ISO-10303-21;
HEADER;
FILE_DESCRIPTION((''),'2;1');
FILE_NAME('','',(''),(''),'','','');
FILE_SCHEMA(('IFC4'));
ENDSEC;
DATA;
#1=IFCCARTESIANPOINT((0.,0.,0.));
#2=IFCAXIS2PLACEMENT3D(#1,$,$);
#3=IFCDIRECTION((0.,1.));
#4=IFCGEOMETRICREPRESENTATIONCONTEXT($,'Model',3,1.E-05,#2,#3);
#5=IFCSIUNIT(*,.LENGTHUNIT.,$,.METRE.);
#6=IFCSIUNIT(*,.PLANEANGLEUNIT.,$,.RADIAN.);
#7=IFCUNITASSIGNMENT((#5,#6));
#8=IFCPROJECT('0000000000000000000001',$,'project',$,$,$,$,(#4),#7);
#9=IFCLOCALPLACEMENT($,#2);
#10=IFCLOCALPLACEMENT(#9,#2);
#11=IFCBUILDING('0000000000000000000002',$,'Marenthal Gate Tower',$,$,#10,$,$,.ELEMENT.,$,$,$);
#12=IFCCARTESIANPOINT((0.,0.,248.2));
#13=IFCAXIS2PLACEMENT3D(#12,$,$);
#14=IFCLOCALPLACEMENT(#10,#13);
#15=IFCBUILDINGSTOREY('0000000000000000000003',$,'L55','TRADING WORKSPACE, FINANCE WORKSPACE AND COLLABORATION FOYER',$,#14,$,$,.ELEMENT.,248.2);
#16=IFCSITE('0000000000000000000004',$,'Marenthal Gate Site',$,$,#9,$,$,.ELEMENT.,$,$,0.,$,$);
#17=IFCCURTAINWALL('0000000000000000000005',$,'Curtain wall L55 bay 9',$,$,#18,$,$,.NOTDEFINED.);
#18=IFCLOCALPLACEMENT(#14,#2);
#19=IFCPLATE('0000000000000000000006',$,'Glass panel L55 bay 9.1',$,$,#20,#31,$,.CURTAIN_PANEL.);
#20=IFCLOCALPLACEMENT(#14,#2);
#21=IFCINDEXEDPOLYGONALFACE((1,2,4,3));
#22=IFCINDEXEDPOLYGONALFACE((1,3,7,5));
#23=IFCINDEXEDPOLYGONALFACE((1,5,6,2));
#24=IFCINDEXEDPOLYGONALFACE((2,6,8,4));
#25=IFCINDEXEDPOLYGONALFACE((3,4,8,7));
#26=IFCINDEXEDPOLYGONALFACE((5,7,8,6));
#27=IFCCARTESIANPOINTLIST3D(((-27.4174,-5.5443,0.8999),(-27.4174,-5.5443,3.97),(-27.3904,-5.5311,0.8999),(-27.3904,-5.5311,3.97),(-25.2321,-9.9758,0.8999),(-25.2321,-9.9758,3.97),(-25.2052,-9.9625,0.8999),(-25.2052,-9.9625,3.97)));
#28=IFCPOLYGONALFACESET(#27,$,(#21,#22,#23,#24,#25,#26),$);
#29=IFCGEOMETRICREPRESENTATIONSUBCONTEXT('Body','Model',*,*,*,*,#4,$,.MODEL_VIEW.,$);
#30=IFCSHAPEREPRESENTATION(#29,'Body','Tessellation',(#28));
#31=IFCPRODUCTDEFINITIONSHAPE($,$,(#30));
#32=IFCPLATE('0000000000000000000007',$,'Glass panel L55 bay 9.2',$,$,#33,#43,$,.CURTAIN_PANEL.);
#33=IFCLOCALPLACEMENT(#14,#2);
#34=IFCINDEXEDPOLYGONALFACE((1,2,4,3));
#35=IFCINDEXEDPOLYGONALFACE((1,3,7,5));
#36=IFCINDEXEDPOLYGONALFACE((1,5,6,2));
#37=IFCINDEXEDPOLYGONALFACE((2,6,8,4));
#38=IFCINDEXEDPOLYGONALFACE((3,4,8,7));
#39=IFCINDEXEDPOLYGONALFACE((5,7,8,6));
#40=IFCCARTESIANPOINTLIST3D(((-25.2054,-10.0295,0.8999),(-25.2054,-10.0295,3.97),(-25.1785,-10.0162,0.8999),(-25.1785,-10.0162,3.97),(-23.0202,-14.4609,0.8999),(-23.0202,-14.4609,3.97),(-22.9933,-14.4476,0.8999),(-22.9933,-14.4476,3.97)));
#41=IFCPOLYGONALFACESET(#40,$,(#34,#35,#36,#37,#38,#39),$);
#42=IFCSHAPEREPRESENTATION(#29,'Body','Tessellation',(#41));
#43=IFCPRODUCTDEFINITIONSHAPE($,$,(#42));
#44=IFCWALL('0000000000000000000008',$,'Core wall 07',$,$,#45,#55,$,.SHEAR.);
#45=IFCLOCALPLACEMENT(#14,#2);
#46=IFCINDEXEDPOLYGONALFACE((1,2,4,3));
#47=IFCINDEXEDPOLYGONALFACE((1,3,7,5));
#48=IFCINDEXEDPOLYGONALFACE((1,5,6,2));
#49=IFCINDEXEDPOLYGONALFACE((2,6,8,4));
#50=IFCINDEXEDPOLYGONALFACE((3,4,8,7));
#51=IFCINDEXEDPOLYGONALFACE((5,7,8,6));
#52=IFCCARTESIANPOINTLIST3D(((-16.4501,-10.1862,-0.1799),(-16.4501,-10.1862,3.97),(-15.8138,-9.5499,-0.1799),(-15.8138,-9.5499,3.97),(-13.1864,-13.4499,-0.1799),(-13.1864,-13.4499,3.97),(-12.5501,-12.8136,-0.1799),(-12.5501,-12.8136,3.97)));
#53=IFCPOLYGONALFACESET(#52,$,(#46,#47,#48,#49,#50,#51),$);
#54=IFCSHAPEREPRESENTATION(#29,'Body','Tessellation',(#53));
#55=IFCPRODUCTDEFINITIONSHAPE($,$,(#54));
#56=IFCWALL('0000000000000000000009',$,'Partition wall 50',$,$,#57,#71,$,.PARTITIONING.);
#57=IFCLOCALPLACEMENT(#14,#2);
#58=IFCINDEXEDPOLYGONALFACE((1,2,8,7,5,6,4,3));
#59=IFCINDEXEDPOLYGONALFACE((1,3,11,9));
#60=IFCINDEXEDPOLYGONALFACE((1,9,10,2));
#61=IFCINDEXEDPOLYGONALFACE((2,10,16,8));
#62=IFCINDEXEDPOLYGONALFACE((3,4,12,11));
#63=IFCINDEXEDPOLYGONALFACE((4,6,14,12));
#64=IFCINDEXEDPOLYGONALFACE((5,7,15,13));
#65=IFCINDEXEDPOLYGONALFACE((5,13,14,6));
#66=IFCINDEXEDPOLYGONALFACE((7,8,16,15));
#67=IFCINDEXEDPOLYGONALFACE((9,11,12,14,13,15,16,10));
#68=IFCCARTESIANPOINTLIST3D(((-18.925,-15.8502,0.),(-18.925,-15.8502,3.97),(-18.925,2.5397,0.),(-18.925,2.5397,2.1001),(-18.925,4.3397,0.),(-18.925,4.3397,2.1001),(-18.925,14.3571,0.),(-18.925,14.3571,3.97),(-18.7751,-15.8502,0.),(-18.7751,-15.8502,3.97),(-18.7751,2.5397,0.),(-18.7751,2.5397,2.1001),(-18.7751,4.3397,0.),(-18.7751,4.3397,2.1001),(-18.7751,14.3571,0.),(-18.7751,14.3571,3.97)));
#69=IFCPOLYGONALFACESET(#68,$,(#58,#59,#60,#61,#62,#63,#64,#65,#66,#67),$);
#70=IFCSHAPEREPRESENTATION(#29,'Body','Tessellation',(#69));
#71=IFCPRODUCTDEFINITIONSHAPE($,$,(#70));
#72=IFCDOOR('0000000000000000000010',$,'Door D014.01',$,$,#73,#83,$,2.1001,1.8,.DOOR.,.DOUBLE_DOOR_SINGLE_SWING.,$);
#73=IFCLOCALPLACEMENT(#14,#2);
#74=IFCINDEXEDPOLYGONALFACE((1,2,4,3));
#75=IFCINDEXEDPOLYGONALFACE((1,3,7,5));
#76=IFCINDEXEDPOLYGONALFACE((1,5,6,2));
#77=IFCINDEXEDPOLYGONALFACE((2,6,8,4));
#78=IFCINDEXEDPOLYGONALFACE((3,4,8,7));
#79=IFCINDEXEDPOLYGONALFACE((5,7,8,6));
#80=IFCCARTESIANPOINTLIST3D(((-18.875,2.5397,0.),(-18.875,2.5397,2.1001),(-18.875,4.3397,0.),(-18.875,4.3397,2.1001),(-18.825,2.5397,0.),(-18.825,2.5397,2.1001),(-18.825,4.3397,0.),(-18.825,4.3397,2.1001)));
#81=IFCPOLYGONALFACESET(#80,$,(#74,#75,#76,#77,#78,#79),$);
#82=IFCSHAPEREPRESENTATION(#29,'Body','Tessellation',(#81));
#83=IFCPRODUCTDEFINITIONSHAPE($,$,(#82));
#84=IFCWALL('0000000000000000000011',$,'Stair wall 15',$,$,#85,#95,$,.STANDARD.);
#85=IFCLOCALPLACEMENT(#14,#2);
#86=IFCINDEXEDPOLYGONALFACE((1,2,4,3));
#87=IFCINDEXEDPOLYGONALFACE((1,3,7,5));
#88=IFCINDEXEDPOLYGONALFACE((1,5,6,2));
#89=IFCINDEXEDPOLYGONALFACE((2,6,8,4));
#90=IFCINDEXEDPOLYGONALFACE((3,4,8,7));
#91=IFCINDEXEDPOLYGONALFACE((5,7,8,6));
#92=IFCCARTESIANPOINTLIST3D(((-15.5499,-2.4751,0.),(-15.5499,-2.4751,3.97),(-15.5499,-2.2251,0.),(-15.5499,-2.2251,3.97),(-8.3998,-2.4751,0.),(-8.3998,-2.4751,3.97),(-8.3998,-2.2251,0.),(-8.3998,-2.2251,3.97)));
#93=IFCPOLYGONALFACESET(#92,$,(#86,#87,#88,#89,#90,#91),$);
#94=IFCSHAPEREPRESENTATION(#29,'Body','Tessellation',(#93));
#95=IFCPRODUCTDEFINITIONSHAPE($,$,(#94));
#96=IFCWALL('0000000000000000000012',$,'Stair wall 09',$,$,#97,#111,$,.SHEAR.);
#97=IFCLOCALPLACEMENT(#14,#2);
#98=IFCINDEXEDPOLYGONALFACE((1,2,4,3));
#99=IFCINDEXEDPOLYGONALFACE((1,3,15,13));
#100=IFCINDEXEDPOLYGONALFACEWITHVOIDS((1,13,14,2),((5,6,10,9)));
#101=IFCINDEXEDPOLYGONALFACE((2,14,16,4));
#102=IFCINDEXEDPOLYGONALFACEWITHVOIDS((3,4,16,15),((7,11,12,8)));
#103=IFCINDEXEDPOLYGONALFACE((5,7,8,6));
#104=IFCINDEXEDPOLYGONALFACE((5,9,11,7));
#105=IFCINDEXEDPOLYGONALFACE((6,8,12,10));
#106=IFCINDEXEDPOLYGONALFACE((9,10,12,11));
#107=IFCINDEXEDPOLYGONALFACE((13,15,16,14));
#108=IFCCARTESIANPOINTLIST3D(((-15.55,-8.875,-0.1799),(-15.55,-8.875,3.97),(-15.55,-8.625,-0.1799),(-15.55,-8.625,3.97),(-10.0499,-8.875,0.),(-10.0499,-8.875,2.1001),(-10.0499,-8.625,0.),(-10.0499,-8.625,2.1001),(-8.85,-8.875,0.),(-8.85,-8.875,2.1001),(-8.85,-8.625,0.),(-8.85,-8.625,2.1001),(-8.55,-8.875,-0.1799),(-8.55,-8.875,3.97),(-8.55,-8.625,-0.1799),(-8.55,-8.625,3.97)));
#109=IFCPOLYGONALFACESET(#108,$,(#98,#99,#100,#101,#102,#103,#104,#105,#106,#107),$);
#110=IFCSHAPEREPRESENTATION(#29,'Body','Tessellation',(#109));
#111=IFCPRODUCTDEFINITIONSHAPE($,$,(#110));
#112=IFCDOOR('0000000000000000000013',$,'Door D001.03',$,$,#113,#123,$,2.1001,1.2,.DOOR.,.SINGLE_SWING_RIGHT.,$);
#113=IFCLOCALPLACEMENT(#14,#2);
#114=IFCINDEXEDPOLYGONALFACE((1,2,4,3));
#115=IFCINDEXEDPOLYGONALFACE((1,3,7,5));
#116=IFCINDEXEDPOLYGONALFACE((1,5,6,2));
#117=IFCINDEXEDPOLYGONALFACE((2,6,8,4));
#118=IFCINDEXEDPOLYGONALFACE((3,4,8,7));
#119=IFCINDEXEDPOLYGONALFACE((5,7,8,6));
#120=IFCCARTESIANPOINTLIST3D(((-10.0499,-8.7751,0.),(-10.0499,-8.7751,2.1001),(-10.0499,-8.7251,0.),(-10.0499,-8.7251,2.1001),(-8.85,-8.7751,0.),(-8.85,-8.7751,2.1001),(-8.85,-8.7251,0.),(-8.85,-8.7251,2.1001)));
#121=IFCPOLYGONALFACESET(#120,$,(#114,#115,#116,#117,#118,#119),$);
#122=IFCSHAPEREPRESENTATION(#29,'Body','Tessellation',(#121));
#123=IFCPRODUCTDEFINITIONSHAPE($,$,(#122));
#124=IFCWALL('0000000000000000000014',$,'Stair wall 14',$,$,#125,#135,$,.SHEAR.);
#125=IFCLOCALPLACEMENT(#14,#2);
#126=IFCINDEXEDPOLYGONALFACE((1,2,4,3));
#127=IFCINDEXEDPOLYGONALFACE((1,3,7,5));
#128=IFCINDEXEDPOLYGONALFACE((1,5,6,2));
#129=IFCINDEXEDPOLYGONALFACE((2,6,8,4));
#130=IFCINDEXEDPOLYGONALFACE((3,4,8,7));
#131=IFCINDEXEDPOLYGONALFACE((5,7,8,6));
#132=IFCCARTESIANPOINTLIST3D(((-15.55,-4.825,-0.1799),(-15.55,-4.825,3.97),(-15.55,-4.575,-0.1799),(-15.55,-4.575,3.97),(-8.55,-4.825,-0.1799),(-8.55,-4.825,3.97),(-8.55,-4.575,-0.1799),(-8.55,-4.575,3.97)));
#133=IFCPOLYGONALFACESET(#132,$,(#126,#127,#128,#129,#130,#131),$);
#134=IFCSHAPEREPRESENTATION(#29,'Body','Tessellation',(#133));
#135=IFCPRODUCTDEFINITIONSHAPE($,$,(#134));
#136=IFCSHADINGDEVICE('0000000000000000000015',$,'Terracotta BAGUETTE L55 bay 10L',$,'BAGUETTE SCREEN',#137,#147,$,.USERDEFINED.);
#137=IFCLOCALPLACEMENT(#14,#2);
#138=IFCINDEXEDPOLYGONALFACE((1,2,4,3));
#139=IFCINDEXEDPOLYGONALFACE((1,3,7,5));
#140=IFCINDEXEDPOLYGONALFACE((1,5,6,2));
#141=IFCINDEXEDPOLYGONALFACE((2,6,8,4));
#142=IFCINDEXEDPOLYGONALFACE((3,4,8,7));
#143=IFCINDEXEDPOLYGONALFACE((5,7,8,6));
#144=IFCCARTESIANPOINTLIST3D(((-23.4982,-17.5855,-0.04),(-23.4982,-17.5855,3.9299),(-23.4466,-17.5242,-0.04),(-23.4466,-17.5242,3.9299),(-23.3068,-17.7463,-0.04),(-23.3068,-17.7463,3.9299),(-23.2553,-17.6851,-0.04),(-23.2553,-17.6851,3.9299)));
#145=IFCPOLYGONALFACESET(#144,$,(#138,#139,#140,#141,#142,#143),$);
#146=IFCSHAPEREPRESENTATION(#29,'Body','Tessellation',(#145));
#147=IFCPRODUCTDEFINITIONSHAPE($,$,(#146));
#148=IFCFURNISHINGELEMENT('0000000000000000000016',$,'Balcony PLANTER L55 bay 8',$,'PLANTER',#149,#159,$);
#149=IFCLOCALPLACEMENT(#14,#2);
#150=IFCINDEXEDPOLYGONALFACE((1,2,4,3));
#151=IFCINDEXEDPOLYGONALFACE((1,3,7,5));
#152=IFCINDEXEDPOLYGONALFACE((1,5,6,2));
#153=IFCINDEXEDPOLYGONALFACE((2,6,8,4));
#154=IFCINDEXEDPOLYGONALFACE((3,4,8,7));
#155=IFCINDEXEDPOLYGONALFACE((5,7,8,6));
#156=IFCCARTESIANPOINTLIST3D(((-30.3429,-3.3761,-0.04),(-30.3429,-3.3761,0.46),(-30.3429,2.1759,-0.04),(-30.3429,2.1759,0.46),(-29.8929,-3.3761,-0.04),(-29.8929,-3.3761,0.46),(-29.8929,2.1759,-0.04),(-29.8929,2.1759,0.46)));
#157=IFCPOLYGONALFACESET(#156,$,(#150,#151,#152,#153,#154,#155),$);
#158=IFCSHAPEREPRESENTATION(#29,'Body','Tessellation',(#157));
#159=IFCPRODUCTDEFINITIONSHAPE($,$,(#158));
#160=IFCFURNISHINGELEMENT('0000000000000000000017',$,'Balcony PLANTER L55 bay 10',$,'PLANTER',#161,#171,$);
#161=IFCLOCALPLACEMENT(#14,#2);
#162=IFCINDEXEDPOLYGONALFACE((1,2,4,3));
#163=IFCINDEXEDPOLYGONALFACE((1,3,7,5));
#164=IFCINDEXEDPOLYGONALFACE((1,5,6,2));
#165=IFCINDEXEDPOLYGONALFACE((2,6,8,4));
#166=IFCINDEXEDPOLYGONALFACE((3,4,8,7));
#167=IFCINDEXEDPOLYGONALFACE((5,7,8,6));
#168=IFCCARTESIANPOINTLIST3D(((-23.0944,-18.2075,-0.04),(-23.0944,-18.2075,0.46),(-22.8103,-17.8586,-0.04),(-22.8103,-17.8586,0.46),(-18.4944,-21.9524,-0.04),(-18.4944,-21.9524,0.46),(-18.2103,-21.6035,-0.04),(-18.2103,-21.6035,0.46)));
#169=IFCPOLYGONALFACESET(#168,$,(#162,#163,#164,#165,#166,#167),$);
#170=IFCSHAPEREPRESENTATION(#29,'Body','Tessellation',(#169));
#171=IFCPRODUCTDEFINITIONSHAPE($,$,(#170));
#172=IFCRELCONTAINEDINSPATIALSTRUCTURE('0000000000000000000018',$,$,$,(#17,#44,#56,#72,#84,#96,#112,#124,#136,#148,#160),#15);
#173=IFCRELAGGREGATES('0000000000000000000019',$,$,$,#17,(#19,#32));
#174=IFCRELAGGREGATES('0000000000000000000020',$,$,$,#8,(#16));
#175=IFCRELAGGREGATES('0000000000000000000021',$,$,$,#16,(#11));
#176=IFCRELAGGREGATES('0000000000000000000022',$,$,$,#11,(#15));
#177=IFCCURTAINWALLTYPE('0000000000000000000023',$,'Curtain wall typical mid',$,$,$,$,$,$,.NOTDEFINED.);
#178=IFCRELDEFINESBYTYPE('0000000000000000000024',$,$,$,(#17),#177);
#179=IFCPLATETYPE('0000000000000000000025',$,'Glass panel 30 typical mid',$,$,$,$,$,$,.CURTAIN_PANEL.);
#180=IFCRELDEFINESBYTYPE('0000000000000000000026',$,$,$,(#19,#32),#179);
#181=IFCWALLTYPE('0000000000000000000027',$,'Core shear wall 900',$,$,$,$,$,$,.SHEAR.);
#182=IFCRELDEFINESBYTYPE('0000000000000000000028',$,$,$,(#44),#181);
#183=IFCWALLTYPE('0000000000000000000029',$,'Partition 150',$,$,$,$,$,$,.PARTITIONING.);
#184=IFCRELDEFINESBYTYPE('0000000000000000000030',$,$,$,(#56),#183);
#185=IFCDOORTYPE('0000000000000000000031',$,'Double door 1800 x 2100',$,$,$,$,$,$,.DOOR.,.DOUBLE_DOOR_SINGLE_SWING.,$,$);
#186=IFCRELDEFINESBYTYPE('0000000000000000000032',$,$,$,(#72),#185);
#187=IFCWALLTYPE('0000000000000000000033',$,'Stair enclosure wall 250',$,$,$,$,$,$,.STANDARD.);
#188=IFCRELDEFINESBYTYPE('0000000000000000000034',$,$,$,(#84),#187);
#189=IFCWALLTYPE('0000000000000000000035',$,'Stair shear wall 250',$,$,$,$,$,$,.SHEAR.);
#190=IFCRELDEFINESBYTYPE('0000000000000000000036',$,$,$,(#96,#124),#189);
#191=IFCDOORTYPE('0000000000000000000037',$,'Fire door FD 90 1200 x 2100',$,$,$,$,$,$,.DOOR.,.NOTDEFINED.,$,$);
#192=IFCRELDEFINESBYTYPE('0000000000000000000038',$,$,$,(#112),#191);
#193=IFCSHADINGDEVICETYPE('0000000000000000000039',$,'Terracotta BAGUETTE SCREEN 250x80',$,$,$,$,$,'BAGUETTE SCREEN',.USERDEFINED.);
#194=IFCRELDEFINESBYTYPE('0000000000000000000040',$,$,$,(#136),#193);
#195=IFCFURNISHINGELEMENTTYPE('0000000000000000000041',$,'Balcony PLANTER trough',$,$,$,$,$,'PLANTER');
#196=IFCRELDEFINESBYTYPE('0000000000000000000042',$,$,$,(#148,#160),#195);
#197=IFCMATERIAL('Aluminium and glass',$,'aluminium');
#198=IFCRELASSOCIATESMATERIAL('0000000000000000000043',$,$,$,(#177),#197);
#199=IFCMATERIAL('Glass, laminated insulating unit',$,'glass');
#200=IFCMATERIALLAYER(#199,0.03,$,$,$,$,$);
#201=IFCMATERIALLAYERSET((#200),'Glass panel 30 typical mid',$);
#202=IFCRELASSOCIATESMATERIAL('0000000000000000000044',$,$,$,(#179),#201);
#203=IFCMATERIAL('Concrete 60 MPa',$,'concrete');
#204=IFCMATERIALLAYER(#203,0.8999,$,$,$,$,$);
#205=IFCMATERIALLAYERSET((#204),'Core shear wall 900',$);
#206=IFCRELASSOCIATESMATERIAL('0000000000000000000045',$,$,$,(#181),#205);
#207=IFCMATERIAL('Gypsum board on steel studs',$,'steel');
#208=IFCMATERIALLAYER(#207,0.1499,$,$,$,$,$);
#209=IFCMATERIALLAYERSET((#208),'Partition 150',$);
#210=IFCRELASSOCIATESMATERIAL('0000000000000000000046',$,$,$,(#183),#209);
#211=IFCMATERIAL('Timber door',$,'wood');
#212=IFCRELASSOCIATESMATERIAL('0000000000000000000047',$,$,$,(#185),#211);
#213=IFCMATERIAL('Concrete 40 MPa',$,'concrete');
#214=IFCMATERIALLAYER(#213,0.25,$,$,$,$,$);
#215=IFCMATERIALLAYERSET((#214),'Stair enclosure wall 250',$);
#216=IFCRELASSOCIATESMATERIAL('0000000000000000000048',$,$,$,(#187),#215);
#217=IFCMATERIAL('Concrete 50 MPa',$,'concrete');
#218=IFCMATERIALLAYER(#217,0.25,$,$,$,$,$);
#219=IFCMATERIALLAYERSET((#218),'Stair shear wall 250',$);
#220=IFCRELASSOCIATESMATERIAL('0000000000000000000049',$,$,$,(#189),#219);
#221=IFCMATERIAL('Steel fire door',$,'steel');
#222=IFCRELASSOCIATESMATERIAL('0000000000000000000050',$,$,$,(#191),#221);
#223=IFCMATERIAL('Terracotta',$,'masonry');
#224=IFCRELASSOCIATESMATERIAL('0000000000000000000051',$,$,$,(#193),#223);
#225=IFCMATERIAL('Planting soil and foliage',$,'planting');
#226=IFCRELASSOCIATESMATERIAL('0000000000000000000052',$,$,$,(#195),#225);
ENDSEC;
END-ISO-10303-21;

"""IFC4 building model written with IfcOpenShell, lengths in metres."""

from ifc_helpers import new_model, si_unit, direction, frame, frame_2d, origin, origin_2d, place, context, subcontext, project, spatial, rectangle, extrude, material, layer, layer_set, material_profile, profile_set, type_object, element, fill, aggregate, save


model = new_model("IFC4")

# Units and contexts
model_context = context("Model", 3, precision=1e-05, world=origin(), true_north=direction((0.0, 1.0)))
body_context = subcontext(model_context, "Body", "Model", "MODEL_VIEW")
ifc_project = project(units=[si_unit("LENGTHUNIT", "METRE"), si_unit("PLANEANGLEUNIT", "RADIAN")], contexts=[model_context])

# Site, building, storey
site_placement = place(None, origin())
site = spatial("IfcSite", under=ifc_project, at=site_placement, Name="Marenthal Gate Site", CompositionType="ELEMENT", RefElevation=0.0)
building_placement = place(site_placement, origin())
building = spatial("IfcBuilding", under=site, at=building_placement, Name="Marenthal Gate Tower", CompositionType="ELEMENT")
storey_placement = place(building_placement, frame((0.0, 0.0, 248.2)))
storey = spatial("IfcBuildingStorey", under=building, at=storey_placement, Name="L55", Description="TRADING WORKSPACE, FINANCE WORKSPACE AND COLLABORATION FOYER", CompositionType="ELEMENT", Elevation=248.2)

# Curtain wall
ifc_material_1 = material(Name="Aluminium and glass", Category="aluminium")
curtain_wall_type = type_object("IfcCurtainWallType", Name="Curtain wall typical mid", PredefinedType="NOTDEFINED", material=ifc_material_1)
curtain_wall_1_placement = place(storey_placement, origin())
curtain_wall_1 = element("IfcCurtainWall", 1, at=curtain_wall_1_placement, inside=storey, type_object=curtain_wall_type, Name="Curtain wall L55 bay 9", PredefinedType="NOTDEFINED")

# Plates
ifc_material_2 = material(Name="Glass, laminated insulating unit", Category="glass")
ifc_layer_1 = layer(ifc_material_2, 0.03)
ifc_layer_set_1 = layer_set([ifc_layer_1], Name="Glass panel 30 typical mid")
plate_type = type_object("IfcPlateType", Name="Glass panel 30 typical mid", PredefinedType="CURTAIN_PANEL", material=ifc_layer_set_1)
plate_1_placement = place(storey_placement, frame((-26.3113, -7.7534, 0.8999), z_axis=(0.0, 0.0, 1.0), x_axis=(0.442269, -0.896882, 0.0)))
plate_1 = element("IfcPlate", 2, at=plate_1_placement, type_object=plate_type, Name="Glass panel L55 bay 9.1", PredefinedType="CURTAIN_PANEL", context=body_context, shape_type="SweptSolid", body=[
    extrude(rectangle(XDim=4.9409, YDim=0.03, at=origin_2d()), origin(), (0.0, 0.0, 1.0), 3.0701),
])
plate_2_placement = place(storey_placement, frame((-24.0994, -12.2385, 0.8999), z_axis=(0.0, 0.0, 1.0), x_axis=(0.442269, -0.896882, 0.0)))
plate_2 = element("IfcPlate", 3, at=plate_2_placement, type_object=plate_type, Name="Glass panel L55 bay 9.2", PredefinedType="CURTAIN_PANEL", context=body_context, shape_type="SweptSolid", body=[
    extrude(rectangle(XDim=4.9409, YDim=0.03, at=origin_2d()), origin(), (0.0, 0.0, 1.0), 3.0701),
])
aggregate(curtain_wall_1, [plate_1, plate_2])

# Wall
ifc_material_3 = material(Name="Concrete 60 MPa", Category="concrete")
ifc_layer_2 = layer(ifc_material_3, 0.8999)
ifc_layer_set_2 = layer_set([ifc_layer_2], Name="Core shear wall 900")
wall_type_1 = type_object("IfcWallType", Name="Core shear wall 900", PredefinedType="SHEAR", material=ifc_layer_set_2)
wall_1_placement = place(storey_placement, frame((-16.1318, -9.8682, -0.1799), z_axis=(0.0, 0.0, 1.0), x_axis=(0.707107, -0.707107, 0.0)))
element("IfcWall", 4, at=wall_1_placement, inside=storey, type_object=wall_type_1, Name="Core wall 07", PredefinedType="SHEAR", context=body_context, shape_type="SweptSolid", body=[
    extrude(rectangle(XDim=4.6155, YDim=0.8999, at=frame_2d((2.3076, 0.0))), origin(), (0.0, 0.0, 1.0), 4.1499),
])

# Wall, opening, door
ifc_material_4 = material(Name="Gypsum board on steel studs", Category="steel")
ifc_layer_3 = layer(ifc_material_4, 0.1499)
ifc_layer_set_3 = layer_set([ifc_layer_3], Name="Partition 150")
wall_type_2 = type_object("IfcWallType", Name="Partition 150", PredefinedType="PARTITIONING", material=ifc_layer_set_3)
wall_2_placement = place(storey_placement, frame((-18.8501, -15.8501, 0.0), z_axis=(0.0, 0.0, 1.0), x_axis=(0.0, 1.0, 0.0)))
wall_2 = element("IfcWall", 5, at=wall_2_placement, inside=storey, type_object=wall_type_2, Name="Partition wall 50", PredefinedType="PARTITIONING", context=body_context, shape_type="SweptSolid", body=[
    extrude(rectangle(XDim=30.2073, YDim=0.1499, at=frame_2d((15.1035, 0.0))), origin(), (0.0, 0.0, 1.0), 3.97),
])
opening_1_placement = place(wall_2_placement, frame((18.3899, 0.0, 0.0)))
opening_1 = element("IfcOpeningElement", 6, at=opening_1_placement, cuts=wall_2, PredefinedType="OPENING", context=body_context, shape_type="SweptSolid", body=[
    extrude(rectangle(XDim=1.8, YDim=2.1001, at=frame_2d((0.8999, 1.05))), frame((0.0, 0.085, 0.0), z_axis=(0.0, -1.0, 0.0), x_axis=(1.0, 0.0, 0.0)), (0.0, 0.0, 1.0), 0.1699),
])
ifc_material_5 = material(Name="Timber door", Category="wood")
door_type_1 = type_object("IfcDoorType", Name="Double door 1800 x 2100", OperationType="DOUBLE_DOOR_SINGLE_SWING", PredefinedType="DOOR", material=ifc_material_5)
door_1_placement = place(opening_1_placement, origin())
door_1 = element("IfcDoor", 7, at=door_1_placement, inside=storey, type_object=door_type_1, Name="Door D014.01", OperationType="DOUBLE_DOOR_SINGLE_SWING", OverallHeight=2.1001, OverallWidth=1.8, PredefinedType="DOOR", context=body_context, shape_type="SweptSolid", body=[
    extrude(rectangle(XDim=1.8, YDim=2.1001, at=frame_2d((0.8999, 1.05))), frame((0.0, 0.0249, 0.0), z_axis=(0.0, -1.0, 0.0), x_axis=(1.0, 0.0, 0.0)), (0.0, 0.0, 1.0), 0.05),
])
fill(opening_1, door_1)

# Wall
ifc_material_6 = material(Name="Concrete 40 MPa", Category="concrete")
ifc_layer_4 = layer(ifc_material_6, 0.25)
ifc_layer_set_4 = layer_set([ifc_layer_4], Name="Stair enclosure wall 250")
wall_type_3 = type_object("IfcWallType", Name="Stair enclosure wall 250", PredefinedType="STANDARD", material=ifc_layer_set_4)
wall_3_placement = place(storey_placement, frame((-15.55, -2.3501, 0.0), z_axis=(0.0, 0.0, 1.0), x_axis=(1.0, 0.0, 0.0)))
element("IfcWall", 8, at=wall_3_placement, inside=storey, type_object=wall_type_3, Name="Stair wall 15", PredefinedType="STANDARD", context=body_context, shape_type="SweptSolid", body=[
    extrude(rectangle(XDim=7.1501, YDim=0.25, at=frame_2d((3.5752, 0.0))), origin(), (0.0, 0.0, 1.0), 3.97),
])

# Wall, opening, door
ifc_material_7 = material(Name="Concrete 50 MPa", Category="concrete")
ifc_layer_5 = layer(ifc_material_7, 0.25)
ifc_layer_set_5 = layer_set([ifc_layer_5], Name="Stair shear wall 250")
wall_type_4 = type_object("IfcWallType", Name="Stair shear wall 250", PredefinedType="SHEAR", material=ifc_layer_set_5)
wall_4_placement = place(storey_placement, frame((-15.55, -8.75, -0.1799), z_axis=(0.0, 0.0, 1.0), x_axis=(1.0, 0.0, 0.0)))
wall_4 = element("IfcWall", 9, at=wall_4_placement, inside=storey, type_object=wall_type_4, Name="Stair wall 09", PredefinedType="SHEAR", context=body_context, shape_type="SweptSolid", body=[
    extrude(rectangle(XDim=7.0, YDim=0.25, at=frame_2d((3.5, 0.0))), origin(), (0.0, 0.0, 1.0), 4.1499),
])
opening_2_placement = place(wall_4_placement, frame((5.5, 0.0, 0.1799)))
opening_2 = element("IfcOpeningElement", 10, at=opening_2_placement, cuts=wall_4, PredefinedType="OPENING", context=body_context, shape_type="SweptSolid", body=[
    extrude(rectangle(XDim=1.2, YDim=2.1001, at=frame_2d((0.6001, 1.05))), frame((0.0, 0.135, 0.0), z_axis=(0.0, -1.0, 0.0), x_axis=(1.0, 0.0, 0.0)), (0.0, 0.0, 1.0), 0.27),
])
ifc_material_8 = material(Name="Steel fire door", Category="steel")
door_type_2 = type_object("IfcDoorType", Name="Fire door FD 90 1200 x 2100", OperationType="NOTDEFINED", PredefinedType="DOOR", material=ifc_material_8)
door_2_placement = place(opening_2_placement, origin())
door_2 = element("IfcDoor", 11, at=door_2_placement, inside=storey, type_object=door_type_2, Name="Door D001.03", OperationType="SINGLE_SWING_RIGHT", OverallHeight=2.1001, OverallWidth=1.2, PredefinedType="DOOR", context=body_context, shape_type="SweptSolid", body=[
    extrude(rectangle(XDim=1.2, YDim=2.1001, at=frame_2d((0.6001, 1.05))), frame((0.0, 0.0249, 0.0), z_axis=(0.0, -1.0, 0.0), x_axis=(1.0, 0.0, 0.0)), (0.0, 0.0, 1.0), 0.05),
])
fill(opening_2, door_2)

# Wall
wall_5_placement = place(storey_placement, frame((-15.55, -4.7, -0.1799), z_axis=(0.0, 0.0, 1.0), x_axis=(1.0, 0.0, 0.0)))
element("IfcWall", 12, at=wall_5_placement, inside=storey, type_object=wall_type_4, Name="Stair wall 14", PredefinedType="SHEAR", context=body_context, shape_type="SweptSolid", body=[
    extrude(rectangle(XDim=7.0, YDim=0.25, at=frame_2d((3.5, 0.0))), origin(), (0.0, 0.0, 1.0), 4.1499),
])

# Shading device
ifc_material_9 = material(Name="Terracotta", Category="masonry")
ifc_material_profile_1 = material_profile(ifc_material_9, rectangle(XDim=0.25, YDim=0.0801, at=origin_2d()), Name="Terracotta baguette 250x80")
ifc_profile_set_1 = profile_set([ifc_material_profile_1], Name="Terracotta")
shading_device_type = type_object("IfcShadingDeviceType", Name="Terracotta BAGUETTE SCREEN 250x80", ElementType="BAGUETTE SCREEN", PredefinedType="USERDEFINED", material=ifc_profile_set_1)
shading_device_placement = place(storey_placement, frame((-23.3767, -17.6353, -0.04), z_axis=(0.0, 0.0, 1.0), x_axis=(0.765398, -0.643557, 0.0)))
element("IfcShadingDevice", 13, at=shading_device_placement, inside=storey, type_object=shading_device_type, Name="Terracotta BAGUETTE L55 bay 10L", ObjectType="BAGUETTE SCREEN", PredefinedType="USERDEFINED", context=body_context, shape_type="SweptSolid", body=[
    extrude(rectangle(XDim=0.25, YDim=0.0801, at=origin_2d()), origin(), (0.0, 0.0, 1.0), 3.97),
])

# Furnishing elements
ifc_material_10 = material(Name="Planting soil and foliage", Category="planting")
furnishing_element_type = type_object("IfcFurnishingElementType", Name="Balcony PLANTER trough", ElementType="PLANTER", material=ifc_material_10)
furnishing_1_placement = place(storey_placement, frame((-30.1179, -0.6001, -0.04), z_axis=(0.0, 0.0, 1.0), x_axis=(0.0, -1.0, 0.0)))
element("IfcFurnishingElement", 14, at=furnishing_1_placement, inside=storey, type_object=furnishing_element_type, Name="Balcony PLANTER L55 bay 8", ObjectType="PLANTER", context=body_context, shape_type="SweptSolid", body=[
    extrude(rectangle(XDim=5.552, YDim=0.45, at=origin_2d()), origin(), (0.0, 0.0, 1.0), 0.5),
])
furnishing_2_placement = place(storey_placement, frame((-20.6523, -19.9055, -0.04), z_axis=(0.0, 0.0, 1.0), x_axis=(0.775505, -0.631342, 0.0)))
element("IfcFurnishingElement", 15, at=furnishing_2_placement, inside=storey, type_object=furnishing_element_type, Name="Balcony PLANTER L55 bay 10", ObjectType="PLANTER", context=body_context, shape_type="SweptSolid", body=[
    extrude(rectangle(XDim=5.9316, YDim=0.45, at=origin_2d()), origin(), (0.0, 0.0, 1.0), 0.5),
])

save(model, "model.ifc")
